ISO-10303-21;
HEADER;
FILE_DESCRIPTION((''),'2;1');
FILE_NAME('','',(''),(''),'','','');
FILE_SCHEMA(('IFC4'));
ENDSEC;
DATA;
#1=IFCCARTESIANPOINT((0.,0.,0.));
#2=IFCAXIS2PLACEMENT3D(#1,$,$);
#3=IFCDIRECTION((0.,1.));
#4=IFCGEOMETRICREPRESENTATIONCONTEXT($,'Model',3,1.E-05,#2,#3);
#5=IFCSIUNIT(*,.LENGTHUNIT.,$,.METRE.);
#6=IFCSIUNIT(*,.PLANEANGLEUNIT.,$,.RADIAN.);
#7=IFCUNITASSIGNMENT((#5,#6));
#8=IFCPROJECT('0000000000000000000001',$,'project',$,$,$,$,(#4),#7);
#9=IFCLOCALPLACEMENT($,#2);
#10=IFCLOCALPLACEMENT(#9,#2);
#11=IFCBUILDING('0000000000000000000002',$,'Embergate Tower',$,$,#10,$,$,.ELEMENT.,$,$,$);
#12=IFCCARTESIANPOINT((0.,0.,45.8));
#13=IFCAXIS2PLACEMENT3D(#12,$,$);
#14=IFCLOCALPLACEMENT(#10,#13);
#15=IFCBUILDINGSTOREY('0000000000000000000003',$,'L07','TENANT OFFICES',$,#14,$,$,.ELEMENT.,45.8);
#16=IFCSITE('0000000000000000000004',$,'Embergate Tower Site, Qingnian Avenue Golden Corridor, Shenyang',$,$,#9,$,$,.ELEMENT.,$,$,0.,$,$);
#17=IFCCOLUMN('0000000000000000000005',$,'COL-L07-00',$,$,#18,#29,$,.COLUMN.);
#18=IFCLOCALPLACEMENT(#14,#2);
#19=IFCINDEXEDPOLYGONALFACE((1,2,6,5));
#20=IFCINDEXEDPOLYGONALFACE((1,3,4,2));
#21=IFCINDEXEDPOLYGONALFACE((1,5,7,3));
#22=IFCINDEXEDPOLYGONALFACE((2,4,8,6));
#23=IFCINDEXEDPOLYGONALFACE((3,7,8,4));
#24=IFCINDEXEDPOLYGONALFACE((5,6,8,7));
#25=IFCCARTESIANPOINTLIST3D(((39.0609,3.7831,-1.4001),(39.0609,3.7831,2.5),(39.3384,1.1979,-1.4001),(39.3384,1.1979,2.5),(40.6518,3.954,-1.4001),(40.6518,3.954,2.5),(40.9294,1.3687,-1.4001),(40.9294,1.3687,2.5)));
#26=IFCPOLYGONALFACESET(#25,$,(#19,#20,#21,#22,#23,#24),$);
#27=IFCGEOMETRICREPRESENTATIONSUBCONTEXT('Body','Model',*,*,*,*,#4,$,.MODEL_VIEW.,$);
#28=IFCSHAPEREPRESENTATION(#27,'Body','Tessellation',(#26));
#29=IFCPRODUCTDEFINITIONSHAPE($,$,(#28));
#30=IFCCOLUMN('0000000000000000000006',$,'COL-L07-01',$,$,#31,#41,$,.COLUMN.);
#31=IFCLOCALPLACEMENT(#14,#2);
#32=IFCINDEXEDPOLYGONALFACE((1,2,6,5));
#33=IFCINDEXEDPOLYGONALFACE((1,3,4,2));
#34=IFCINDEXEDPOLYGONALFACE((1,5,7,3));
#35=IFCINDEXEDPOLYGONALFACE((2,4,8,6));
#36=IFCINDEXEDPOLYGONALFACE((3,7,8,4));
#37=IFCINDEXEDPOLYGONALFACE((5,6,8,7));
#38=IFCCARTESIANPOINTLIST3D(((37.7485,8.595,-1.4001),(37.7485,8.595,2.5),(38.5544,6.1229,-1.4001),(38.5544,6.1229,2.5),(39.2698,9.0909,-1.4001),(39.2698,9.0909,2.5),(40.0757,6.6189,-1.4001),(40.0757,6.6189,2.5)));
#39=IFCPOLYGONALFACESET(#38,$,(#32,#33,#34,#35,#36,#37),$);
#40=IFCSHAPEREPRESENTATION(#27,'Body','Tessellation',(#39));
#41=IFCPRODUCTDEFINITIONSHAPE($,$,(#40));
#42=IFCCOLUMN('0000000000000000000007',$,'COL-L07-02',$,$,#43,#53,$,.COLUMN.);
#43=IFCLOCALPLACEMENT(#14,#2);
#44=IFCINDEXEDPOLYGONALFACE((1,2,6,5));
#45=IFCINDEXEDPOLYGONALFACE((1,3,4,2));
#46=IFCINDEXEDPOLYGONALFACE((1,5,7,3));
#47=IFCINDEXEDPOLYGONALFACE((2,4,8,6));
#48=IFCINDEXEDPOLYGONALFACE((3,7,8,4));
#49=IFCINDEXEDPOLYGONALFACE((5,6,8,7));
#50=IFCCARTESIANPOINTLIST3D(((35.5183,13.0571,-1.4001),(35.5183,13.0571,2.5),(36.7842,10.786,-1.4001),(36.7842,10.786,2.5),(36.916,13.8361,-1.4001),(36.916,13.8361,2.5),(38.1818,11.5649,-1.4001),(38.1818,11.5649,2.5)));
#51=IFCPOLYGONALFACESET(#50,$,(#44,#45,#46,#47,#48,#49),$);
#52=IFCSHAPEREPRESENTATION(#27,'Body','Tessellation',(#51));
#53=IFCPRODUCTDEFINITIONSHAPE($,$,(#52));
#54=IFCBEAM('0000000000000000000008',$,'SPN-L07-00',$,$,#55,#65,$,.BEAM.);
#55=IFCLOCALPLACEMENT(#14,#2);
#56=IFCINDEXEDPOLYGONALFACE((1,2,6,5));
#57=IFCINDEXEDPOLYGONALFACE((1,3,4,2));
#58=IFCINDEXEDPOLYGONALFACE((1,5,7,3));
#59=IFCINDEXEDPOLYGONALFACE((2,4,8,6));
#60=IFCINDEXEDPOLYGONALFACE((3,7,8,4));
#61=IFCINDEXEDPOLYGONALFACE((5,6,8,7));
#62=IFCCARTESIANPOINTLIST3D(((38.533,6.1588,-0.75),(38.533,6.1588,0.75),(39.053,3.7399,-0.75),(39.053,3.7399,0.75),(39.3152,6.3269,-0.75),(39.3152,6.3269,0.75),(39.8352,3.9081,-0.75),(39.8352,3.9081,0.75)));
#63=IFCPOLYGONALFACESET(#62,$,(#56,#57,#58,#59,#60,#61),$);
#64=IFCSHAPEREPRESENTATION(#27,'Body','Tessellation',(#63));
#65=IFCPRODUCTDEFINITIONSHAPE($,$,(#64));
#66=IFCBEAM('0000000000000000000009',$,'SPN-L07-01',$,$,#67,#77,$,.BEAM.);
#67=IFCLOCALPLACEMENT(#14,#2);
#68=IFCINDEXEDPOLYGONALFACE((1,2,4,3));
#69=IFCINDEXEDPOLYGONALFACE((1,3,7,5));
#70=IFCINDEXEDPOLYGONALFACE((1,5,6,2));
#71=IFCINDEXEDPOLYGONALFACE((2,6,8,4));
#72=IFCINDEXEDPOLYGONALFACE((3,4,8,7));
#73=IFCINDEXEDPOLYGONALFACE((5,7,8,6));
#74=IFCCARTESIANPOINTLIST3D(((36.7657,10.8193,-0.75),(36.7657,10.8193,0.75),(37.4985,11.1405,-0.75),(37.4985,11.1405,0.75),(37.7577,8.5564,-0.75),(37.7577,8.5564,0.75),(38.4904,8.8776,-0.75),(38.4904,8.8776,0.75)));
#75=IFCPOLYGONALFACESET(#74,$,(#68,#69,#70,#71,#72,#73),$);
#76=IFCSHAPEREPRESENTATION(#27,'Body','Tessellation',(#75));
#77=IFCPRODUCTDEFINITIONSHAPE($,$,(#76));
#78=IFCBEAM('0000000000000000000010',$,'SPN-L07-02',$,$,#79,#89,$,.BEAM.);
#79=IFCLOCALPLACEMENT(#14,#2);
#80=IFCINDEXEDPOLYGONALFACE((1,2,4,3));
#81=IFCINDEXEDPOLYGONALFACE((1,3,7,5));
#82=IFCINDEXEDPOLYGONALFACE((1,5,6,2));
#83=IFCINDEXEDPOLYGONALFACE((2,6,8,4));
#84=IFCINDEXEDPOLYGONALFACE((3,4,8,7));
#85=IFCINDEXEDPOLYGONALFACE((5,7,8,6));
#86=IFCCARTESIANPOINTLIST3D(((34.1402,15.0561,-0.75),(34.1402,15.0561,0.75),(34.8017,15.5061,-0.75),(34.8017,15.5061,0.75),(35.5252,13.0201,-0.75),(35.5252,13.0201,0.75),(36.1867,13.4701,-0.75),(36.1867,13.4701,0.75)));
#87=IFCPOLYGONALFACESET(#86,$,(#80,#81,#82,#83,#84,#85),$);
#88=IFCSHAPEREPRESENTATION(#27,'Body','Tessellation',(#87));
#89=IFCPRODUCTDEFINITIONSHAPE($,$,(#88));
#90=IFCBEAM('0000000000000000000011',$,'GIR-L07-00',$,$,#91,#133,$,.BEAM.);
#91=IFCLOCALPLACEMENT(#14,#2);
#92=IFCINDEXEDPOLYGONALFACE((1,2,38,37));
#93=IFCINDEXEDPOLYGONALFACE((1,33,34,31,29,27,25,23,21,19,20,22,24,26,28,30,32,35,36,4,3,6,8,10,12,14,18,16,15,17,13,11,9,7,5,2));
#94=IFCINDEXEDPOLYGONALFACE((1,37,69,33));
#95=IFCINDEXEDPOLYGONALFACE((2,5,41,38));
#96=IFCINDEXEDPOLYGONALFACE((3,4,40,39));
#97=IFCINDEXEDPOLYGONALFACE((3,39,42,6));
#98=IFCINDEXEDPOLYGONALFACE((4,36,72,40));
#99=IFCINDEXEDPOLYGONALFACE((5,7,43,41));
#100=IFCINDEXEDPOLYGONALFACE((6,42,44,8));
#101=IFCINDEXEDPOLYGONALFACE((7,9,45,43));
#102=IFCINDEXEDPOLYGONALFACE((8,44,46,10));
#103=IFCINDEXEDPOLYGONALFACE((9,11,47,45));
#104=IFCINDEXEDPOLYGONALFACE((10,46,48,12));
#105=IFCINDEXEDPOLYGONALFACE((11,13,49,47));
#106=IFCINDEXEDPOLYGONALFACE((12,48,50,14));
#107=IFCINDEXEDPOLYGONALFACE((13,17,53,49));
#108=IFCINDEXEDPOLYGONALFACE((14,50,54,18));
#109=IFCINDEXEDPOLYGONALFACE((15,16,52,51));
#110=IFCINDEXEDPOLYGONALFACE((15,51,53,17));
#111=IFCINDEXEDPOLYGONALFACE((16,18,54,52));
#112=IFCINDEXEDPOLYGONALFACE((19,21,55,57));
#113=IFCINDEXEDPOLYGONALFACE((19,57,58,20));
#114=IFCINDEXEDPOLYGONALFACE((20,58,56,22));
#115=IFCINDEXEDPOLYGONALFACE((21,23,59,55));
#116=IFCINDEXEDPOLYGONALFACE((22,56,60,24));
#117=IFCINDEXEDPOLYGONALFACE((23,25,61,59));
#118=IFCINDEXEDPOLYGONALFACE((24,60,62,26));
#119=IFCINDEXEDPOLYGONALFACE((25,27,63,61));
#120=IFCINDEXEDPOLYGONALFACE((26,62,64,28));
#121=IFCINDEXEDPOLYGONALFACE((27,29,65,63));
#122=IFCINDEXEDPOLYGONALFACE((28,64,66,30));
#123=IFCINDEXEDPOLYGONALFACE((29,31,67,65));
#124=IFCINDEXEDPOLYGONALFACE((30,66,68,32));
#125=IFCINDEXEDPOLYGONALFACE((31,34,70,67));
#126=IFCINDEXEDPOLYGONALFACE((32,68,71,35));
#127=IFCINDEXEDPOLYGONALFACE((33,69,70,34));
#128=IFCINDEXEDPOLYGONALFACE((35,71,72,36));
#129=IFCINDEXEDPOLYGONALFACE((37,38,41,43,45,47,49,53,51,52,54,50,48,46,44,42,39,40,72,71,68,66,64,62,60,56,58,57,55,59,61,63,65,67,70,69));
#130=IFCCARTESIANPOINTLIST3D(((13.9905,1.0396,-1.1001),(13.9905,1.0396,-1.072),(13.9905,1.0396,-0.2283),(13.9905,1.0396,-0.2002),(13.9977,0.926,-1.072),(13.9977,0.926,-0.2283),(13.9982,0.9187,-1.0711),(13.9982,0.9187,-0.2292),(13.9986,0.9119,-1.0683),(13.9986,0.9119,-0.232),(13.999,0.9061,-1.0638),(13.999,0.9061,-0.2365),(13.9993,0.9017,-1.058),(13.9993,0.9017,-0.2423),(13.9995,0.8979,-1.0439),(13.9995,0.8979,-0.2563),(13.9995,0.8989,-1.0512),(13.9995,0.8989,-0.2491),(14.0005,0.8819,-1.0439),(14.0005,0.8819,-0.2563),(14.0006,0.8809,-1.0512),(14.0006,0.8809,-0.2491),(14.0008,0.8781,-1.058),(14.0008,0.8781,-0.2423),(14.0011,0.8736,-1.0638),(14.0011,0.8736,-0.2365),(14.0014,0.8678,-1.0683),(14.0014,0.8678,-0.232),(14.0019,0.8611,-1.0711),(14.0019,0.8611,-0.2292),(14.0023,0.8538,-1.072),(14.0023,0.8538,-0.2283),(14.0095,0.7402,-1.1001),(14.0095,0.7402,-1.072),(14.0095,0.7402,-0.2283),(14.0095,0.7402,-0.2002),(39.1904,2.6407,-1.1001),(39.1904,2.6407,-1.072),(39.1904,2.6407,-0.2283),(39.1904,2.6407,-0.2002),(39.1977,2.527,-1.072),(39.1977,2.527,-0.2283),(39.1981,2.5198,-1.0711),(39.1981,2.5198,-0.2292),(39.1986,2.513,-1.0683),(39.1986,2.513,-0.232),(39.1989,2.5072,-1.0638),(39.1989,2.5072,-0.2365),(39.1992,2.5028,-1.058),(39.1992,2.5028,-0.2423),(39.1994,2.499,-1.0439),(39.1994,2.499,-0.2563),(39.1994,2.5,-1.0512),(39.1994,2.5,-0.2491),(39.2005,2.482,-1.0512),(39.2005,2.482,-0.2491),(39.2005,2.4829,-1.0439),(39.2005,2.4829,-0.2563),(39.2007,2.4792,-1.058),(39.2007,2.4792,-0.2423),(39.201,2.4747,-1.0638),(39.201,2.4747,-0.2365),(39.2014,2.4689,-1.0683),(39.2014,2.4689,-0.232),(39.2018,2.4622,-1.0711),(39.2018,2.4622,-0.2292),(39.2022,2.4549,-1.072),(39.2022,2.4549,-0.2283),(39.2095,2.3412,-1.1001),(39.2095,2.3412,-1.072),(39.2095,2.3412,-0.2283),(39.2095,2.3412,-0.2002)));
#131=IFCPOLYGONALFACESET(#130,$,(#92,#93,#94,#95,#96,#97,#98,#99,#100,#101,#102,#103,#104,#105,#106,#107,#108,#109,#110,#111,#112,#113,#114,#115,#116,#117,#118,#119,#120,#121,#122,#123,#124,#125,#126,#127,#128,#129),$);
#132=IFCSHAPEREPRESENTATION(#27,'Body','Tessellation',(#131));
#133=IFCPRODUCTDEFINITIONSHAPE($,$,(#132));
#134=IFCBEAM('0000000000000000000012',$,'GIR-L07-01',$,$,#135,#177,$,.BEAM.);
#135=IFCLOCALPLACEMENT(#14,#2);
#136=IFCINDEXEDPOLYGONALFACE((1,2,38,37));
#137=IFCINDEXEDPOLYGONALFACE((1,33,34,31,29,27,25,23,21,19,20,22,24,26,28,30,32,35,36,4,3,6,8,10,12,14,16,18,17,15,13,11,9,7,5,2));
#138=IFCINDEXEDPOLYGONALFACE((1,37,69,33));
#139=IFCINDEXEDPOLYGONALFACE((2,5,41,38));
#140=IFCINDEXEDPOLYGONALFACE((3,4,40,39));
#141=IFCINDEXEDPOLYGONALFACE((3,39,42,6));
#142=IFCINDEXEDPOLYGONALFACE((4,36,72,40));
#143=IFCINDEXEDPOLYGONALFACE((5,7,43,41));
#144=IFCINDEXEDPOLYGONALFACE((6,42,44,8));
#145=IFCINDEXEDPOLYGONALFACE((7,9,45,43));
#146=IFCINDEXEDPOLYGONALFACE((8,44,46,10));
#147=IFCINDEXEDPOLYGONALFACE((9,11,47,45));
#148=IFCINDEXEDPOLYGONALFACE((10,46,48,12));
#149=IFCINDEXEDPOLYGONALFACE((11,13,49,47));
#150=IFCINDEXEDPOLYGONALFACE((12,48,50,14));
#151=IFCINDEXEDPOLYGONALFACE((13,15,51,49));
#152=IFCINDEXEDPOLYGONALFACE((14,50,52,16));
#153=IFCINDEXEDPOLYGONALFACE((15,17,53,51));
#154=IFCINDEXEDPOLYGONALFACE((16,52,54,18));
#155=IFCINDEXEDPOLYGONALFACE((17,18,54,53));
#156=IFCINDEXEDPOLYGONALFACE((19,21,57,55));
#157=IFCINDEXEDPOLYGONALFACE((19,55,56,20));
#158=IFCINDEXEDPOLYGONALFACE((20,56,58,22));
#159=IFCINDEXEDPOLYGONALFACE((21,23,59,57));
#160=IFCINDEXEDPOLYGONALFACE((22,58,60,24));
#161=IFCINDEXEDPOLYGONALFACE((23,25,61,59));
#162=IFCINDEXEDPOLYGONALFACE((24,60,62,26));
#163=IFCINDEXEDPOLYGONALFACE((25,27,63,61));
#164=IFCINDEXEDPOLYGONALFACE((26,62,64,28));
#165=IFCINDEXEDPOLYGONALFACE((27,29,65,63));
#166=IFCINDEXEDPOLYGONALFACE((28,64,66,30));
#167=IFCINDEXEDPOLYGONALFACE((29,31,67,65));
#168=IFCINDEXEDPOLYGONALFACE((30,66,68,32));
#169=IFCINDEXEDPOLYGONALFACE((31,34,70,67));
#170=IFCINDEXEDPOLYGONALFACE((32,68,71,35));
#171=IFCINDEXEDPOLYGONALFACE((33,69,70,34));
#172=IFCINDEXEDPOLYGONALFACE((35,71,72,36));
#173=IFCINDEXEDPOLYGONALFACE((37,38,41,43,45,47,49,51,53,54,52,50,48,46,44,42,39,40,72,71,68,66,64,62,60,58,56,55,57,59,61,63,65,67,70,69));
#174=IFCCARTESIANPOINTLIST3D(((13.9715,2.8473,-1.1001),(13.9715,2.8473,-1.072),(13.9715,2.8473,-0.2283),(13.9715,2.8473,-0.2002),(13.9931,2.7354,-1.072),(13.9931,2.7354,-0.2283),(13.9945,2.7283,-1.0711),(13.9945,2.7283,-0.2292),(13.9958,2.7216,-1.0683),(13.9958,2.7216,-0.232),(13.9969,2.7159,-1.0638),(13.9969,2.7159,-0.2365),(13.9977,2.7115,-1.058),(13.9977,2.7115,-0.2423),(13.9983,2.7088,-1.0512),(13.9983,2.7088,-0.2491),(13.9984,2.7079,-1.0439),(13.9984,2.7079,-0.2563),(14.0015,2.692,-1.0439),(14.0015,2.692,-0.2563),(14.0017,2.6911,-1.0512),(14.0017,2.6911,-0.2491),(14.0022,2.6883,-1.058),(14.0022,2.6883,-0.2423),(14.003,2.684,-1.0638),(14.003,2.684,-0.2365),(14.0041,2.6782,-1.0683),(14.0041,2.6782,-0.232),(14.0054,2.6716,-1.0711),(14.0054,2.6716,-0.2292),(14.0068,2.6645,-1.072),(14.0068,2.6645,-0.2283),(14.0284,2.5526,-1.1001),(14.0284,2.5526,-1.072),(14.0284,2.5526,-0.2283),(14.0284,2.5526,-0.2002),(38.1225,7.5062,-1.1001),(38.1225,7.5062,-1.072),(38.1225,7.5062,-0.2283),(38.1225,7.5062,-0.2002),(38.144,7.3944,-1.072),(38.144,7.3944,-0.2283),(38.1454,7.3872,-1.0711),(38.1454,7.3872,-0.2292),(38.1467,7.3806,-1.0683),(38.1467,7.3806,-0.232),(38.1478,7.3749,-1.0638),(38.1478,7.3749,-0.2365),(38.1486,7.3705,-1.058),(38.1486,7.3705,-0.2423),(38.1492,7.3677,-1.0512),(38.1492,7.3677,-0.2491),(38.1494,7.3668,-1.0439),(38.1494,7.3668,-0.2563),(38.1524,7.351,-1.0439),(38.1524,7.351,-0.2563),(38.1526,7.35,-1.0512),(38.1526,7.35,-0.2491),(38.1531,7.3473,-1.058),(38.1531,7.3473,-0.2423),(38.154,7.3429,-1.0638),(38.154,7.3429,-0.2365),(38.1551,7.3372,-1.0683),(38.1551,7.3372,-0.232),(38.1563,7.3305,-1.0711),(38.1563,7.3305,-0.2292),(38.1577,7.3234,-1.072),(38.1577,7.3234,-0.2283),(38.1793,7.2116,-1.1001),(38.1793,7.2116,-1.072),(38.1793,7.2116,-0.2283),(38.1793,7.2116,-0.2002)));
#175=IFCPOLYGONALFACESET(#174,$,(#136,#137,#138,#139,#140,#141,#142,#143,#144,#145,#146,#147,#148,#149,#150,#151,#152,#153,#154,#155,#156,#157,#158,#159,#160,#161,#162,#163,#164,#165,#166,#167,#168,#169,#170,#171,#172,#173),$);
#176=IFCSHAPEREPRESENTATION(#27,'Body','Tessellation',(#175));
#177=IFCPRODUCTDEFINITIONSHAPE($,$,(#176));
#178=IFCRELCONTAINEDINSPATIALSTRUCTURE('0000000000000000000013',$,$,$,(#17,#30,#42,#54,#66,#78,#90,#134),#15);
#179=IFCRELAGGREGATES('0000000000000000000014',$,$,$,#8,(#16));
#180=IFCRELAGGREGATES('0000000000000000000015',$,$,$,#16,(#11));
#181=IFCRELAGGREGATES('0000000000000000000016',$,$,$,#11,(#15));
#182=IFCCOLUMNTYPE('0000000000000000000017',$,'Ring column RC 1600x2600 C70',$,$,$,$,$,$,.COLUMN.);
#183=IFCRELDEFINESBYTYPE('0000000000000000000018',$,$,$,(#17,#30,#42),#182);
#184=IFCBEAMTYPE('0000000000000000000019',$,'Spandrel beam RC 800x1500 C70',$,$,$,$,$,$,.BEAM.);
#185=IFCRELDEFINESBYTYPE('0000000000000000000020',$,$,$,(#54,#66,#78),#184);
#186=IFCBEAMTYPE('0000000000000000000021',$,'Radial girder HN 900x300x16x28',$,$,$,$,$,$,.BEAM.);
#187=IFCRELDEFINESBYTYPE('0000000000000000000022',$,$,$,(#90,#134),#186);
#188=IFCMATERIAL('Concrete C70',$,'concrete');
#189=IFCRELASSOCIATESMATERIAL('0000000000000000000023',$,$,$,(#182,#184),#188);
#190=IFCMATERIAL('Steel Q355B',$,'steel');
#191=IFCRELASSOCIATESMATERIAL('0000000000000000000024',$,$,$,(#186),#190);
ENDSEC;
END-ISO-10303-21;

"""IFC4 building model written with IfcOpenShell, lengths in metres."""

from ifc_helpers import new_model, si_unit, direction, frame, origin, origin_2d, place, context, subcontext, project, spatial, rectangle, i_section, extrude, source, transform, mapped, material, material_profile, profile_set, type_object, element, save


model = new_model("IFC4")

# Units and contexts
model_context = context("Model", 3, precision=1e-05, world=origin(), true_north=direction((0.0, 1.0)))
body_context = subcontext(model_context, "Body", "Model", "MODEL_VIEW")
ifc_project = project(units=[si_unit("LENGTHUNIT", "METRE"), si_unit("PLANEANGLEUNIT", "RADIAN")], contexts=[model_context])

# Site, building, storey
site_placement = place(None, origin())
site = spatial("IfcSite", under=ifc_project, at=site_placement, Name="Embergate Tower Site, Qingnian Avenue Golden Corridor, Shenyang", CompositionType="ELEMENT", RefElevation=0.0)
building_placement = place(site_placement, origin())
building = spatial("IfcBuilding", under=site, at=building_placement, Name="Embergate Tower", CompositionType="ELEMENT")
storey_placement = place(building_placement, frame((0.0, 0.0, 45.8)))
storey = spatial("IfcBuildingStorey", under=building, at=storey_placement, Name="L07", Description="TENANT OFFICES", CompositionType="ELEMENT", Elevation=45.8)

# Columns
ifc_material_1 = material(Name="Concrete C70", Category="concrete")
ifc_material_profile_1 = material_profile(ifc_material_1, rectangle(XDim=1.6001, YDim=2.6001, at=origin_2d()), Name="RC 1600x2600")
ifc_profile_set_1 = profile_set([ifc_material_profile_1], Name="Concrete C70")
column_type = type_object("IfcColumnType", Name="Ring column RC 1600x2600 C70", PredefinedType="COLUMN", material=ifc_profile_set_1)
shared_shape_1 = source(origin(), body_context, "Body", "SweptSolid", [
    extrude(rectangle(XDim=1.6001, YDim=2.6001, at=origin_2d()), origin(), (0.0, 0.0, 1.0), 3.9001),
])
for number, where, z_axis, x_axis, name in (
    (1, (39.9951, 2.5759, -1.4001), (0.0, 0.0, 1.0), (0.994286, 0.10675, 0.0), "COL-L07-00"),
    (2, (38.9121, 7.6069, -1.4001), (0.0, 0.0, 1.0), (0.950754, 0.309946, 0.0), "COL-L07-01"),
    (3, (36.8501, 12.311, -1.4001), (0.0, 0.0, 1.0), (0.873492, 0.486839, 0.0), "COL-L07-02"),
):
    element("IfcColumn", number, at=place(storey_placement, frame(where, z_axis=z_axis, x_axis=x_axis)), inside=storey, type_object=column_type, Name=name, PredefinedType="COLUMN", context=body_context, shape_type="MappedRepresentation", body=[
        mapped(shared_shape_1, transform((0.0, 0.0, 0.0))),
    ])

# Beams
ifc_material_profile_2 = material_profile(ifc_material_1, rectangle(XDim=0.8, YDim=1.5, at=origin_2d()), Name="RC 800x1500")
ifc_profile_set_2 = profile_set([ifc_material_profile_2], Name="Concrete C70")
beam_type_1 = type_object("IfcBeamType", Name="Spandrel beam RC 800x1500 C70", PredefinedType="BEAM", material=ifc_profile_set_2)
shared_shape_2 = source(origin(), body_context, "Body", "SweptSolid", [
    extrude(rectangle(XDim=0.8, YDim=1.5, at=origin_2d()), origin(), (0.0, 0.0, 1.0), 2.4741),
])
beam_1_placement = place(storey_placement, frame((39.4441, 3.824, 0.0), z_axis=(-0.210176, 0.977664, 0.0), x_axis=(-0.977664, -0.210176, 0.0)))
element("IfcBeam", 4, at=beam_1_placement, inside=storey, type_object=beam_type_1, Name="SPN-L07-00", PredefinedType="BEAM", context=body_context, shape_type="MappedRepresentation", body=[
    mapped(shared_shape_2, transform((0.0, 0.0, 0.0))),
])
shared_shape_3 = source(origin(), body_context, "Body", "SweptSolid", [
    extrude(rectangle(XDim=0.8, YDim=1.5, at=origin_2d()), origin(), (0.0, 0.0, 1.0), 2.4707),
])
beam_2_placement = place(storey_placement, frame((38.124, 8.717, 0.0), z_axis=(-0.401467, 0.915874, 0.0), x_axis=(-0.915874, -0.401467, 0.0)))
element("IfcBeam", 5, at=beam_2_placement, inside=storey, type_object=beam_type_1, Name="SPN-L07-01", PredefinedType="BEAM", context=body_context, shape_type="MappedRepresentation", body=[
    mapped(shared_shape_3, transform((0.0, 0.0, 0.0))),
])
shared_shape_4 = source(origin(), body_context, "Body", "SweptSolid", [
    extrude(rectangle(XDim=0.8, YDim=1.5, at=origin_2d()), origin(), (0.0, 0.0, 1.0), 2.4624),
])
beam_3_placement = place(storey_placement, frame((35.856, 13.2451, 0.0), z_axis=(-0.562478, 0.826812, 0.0), x_axis=(-0.826812, -0.562478, 0.0)))
element("IfcBeam", 6, at=beam_3_placement, inside=storey, type_object=beam_type_1, Name="SPN-L07-02", PredefinedType="BEAM", context=body_context, shape_type="MappedRepresentation", body=[
    mapped(shared_shape_4, transform((0.0, 0.0, 0.0))),
])
ifc_material_2 = material(Name="Steel Q355B", Category="steel")
ifc_material_profile_3 = material_profile(ifc_material_2, i_section(OverallWidth=0.3, OverallDepth=0.8999, WebThickness=0.0161, FlangeThickness=0.0281, FilletRadius=0.0281, at=origin_2d()), Name="HN 900x300x16x28")
ifc_profile_set_3 = profile_set([ifc_material_profile_3], Name="Steel Q355 grade B")
beam_type_2 = type_object("IfcBeamType", Name="Radial girder HN 900x300x16x28", PredefinedType="BEAM", material=ifc_profile_set_3)
shared_shape_5 = source(origin(), body_context, "Body", "SweptSolid", [
    extrude(i_section(OverallWidth=0.3, OverallDepth=0.8999, WebThickness=0.0161, FlangeThickness=0.0281, FilletRadius=0.0281, at=origin_2d()), origin(), (0.0, 0.0, 1.0), 25.2507),
])
beam_4_placement = place(storey_placement, frame((39.2, 2.491, -0.6501), z_axis=(-0.997988, -0.063407, 0.0), x_axis=(0.063407, -0.997988, 0.0)))
element("IfcBeam", 7, at=beam_4_placement, inside=storey, type_object=beam_type_2, Name="GIR-L07-00", PredefinedType="BEAM", context=body_context, shape_type="MappedRepresentation", body=[
    mapped(shared_shape_5, transform((0.0, 0.0, 0.0))),
])
shared_shape_6 = source(origin(), body_context, "Body", "SweptSolid", [
    extrude(i_section(OverallWidth=0.3, OverallDepth=0.8999, WebThickness=0.0161, FlangeThickness=0.0281, FilletRadius=0.0281, at=origin_2d()), origin(), (0.0, 0.0, 1.0), 24.5962),
])
beam_5_placement = place(storey_placement, frame((38.1509, 7.3589, -0.6501), z_axis=(-0.981897, -0.189417, 0.0), x_axis=(0.189417, -0.981897, 0.0)))
element("IfcBeam", 8, at=beam_5_placement, inside=storey, type_object=beam_type_2, Name="GIR-L07-01", PredefinedType="BEAM", context=body_context, shape_type="MappedRepresentation", body=[
    mapped(shared_shape_6, transform((0.0, 0.0, 0.0))),
])

save(model, "model.ifc")
